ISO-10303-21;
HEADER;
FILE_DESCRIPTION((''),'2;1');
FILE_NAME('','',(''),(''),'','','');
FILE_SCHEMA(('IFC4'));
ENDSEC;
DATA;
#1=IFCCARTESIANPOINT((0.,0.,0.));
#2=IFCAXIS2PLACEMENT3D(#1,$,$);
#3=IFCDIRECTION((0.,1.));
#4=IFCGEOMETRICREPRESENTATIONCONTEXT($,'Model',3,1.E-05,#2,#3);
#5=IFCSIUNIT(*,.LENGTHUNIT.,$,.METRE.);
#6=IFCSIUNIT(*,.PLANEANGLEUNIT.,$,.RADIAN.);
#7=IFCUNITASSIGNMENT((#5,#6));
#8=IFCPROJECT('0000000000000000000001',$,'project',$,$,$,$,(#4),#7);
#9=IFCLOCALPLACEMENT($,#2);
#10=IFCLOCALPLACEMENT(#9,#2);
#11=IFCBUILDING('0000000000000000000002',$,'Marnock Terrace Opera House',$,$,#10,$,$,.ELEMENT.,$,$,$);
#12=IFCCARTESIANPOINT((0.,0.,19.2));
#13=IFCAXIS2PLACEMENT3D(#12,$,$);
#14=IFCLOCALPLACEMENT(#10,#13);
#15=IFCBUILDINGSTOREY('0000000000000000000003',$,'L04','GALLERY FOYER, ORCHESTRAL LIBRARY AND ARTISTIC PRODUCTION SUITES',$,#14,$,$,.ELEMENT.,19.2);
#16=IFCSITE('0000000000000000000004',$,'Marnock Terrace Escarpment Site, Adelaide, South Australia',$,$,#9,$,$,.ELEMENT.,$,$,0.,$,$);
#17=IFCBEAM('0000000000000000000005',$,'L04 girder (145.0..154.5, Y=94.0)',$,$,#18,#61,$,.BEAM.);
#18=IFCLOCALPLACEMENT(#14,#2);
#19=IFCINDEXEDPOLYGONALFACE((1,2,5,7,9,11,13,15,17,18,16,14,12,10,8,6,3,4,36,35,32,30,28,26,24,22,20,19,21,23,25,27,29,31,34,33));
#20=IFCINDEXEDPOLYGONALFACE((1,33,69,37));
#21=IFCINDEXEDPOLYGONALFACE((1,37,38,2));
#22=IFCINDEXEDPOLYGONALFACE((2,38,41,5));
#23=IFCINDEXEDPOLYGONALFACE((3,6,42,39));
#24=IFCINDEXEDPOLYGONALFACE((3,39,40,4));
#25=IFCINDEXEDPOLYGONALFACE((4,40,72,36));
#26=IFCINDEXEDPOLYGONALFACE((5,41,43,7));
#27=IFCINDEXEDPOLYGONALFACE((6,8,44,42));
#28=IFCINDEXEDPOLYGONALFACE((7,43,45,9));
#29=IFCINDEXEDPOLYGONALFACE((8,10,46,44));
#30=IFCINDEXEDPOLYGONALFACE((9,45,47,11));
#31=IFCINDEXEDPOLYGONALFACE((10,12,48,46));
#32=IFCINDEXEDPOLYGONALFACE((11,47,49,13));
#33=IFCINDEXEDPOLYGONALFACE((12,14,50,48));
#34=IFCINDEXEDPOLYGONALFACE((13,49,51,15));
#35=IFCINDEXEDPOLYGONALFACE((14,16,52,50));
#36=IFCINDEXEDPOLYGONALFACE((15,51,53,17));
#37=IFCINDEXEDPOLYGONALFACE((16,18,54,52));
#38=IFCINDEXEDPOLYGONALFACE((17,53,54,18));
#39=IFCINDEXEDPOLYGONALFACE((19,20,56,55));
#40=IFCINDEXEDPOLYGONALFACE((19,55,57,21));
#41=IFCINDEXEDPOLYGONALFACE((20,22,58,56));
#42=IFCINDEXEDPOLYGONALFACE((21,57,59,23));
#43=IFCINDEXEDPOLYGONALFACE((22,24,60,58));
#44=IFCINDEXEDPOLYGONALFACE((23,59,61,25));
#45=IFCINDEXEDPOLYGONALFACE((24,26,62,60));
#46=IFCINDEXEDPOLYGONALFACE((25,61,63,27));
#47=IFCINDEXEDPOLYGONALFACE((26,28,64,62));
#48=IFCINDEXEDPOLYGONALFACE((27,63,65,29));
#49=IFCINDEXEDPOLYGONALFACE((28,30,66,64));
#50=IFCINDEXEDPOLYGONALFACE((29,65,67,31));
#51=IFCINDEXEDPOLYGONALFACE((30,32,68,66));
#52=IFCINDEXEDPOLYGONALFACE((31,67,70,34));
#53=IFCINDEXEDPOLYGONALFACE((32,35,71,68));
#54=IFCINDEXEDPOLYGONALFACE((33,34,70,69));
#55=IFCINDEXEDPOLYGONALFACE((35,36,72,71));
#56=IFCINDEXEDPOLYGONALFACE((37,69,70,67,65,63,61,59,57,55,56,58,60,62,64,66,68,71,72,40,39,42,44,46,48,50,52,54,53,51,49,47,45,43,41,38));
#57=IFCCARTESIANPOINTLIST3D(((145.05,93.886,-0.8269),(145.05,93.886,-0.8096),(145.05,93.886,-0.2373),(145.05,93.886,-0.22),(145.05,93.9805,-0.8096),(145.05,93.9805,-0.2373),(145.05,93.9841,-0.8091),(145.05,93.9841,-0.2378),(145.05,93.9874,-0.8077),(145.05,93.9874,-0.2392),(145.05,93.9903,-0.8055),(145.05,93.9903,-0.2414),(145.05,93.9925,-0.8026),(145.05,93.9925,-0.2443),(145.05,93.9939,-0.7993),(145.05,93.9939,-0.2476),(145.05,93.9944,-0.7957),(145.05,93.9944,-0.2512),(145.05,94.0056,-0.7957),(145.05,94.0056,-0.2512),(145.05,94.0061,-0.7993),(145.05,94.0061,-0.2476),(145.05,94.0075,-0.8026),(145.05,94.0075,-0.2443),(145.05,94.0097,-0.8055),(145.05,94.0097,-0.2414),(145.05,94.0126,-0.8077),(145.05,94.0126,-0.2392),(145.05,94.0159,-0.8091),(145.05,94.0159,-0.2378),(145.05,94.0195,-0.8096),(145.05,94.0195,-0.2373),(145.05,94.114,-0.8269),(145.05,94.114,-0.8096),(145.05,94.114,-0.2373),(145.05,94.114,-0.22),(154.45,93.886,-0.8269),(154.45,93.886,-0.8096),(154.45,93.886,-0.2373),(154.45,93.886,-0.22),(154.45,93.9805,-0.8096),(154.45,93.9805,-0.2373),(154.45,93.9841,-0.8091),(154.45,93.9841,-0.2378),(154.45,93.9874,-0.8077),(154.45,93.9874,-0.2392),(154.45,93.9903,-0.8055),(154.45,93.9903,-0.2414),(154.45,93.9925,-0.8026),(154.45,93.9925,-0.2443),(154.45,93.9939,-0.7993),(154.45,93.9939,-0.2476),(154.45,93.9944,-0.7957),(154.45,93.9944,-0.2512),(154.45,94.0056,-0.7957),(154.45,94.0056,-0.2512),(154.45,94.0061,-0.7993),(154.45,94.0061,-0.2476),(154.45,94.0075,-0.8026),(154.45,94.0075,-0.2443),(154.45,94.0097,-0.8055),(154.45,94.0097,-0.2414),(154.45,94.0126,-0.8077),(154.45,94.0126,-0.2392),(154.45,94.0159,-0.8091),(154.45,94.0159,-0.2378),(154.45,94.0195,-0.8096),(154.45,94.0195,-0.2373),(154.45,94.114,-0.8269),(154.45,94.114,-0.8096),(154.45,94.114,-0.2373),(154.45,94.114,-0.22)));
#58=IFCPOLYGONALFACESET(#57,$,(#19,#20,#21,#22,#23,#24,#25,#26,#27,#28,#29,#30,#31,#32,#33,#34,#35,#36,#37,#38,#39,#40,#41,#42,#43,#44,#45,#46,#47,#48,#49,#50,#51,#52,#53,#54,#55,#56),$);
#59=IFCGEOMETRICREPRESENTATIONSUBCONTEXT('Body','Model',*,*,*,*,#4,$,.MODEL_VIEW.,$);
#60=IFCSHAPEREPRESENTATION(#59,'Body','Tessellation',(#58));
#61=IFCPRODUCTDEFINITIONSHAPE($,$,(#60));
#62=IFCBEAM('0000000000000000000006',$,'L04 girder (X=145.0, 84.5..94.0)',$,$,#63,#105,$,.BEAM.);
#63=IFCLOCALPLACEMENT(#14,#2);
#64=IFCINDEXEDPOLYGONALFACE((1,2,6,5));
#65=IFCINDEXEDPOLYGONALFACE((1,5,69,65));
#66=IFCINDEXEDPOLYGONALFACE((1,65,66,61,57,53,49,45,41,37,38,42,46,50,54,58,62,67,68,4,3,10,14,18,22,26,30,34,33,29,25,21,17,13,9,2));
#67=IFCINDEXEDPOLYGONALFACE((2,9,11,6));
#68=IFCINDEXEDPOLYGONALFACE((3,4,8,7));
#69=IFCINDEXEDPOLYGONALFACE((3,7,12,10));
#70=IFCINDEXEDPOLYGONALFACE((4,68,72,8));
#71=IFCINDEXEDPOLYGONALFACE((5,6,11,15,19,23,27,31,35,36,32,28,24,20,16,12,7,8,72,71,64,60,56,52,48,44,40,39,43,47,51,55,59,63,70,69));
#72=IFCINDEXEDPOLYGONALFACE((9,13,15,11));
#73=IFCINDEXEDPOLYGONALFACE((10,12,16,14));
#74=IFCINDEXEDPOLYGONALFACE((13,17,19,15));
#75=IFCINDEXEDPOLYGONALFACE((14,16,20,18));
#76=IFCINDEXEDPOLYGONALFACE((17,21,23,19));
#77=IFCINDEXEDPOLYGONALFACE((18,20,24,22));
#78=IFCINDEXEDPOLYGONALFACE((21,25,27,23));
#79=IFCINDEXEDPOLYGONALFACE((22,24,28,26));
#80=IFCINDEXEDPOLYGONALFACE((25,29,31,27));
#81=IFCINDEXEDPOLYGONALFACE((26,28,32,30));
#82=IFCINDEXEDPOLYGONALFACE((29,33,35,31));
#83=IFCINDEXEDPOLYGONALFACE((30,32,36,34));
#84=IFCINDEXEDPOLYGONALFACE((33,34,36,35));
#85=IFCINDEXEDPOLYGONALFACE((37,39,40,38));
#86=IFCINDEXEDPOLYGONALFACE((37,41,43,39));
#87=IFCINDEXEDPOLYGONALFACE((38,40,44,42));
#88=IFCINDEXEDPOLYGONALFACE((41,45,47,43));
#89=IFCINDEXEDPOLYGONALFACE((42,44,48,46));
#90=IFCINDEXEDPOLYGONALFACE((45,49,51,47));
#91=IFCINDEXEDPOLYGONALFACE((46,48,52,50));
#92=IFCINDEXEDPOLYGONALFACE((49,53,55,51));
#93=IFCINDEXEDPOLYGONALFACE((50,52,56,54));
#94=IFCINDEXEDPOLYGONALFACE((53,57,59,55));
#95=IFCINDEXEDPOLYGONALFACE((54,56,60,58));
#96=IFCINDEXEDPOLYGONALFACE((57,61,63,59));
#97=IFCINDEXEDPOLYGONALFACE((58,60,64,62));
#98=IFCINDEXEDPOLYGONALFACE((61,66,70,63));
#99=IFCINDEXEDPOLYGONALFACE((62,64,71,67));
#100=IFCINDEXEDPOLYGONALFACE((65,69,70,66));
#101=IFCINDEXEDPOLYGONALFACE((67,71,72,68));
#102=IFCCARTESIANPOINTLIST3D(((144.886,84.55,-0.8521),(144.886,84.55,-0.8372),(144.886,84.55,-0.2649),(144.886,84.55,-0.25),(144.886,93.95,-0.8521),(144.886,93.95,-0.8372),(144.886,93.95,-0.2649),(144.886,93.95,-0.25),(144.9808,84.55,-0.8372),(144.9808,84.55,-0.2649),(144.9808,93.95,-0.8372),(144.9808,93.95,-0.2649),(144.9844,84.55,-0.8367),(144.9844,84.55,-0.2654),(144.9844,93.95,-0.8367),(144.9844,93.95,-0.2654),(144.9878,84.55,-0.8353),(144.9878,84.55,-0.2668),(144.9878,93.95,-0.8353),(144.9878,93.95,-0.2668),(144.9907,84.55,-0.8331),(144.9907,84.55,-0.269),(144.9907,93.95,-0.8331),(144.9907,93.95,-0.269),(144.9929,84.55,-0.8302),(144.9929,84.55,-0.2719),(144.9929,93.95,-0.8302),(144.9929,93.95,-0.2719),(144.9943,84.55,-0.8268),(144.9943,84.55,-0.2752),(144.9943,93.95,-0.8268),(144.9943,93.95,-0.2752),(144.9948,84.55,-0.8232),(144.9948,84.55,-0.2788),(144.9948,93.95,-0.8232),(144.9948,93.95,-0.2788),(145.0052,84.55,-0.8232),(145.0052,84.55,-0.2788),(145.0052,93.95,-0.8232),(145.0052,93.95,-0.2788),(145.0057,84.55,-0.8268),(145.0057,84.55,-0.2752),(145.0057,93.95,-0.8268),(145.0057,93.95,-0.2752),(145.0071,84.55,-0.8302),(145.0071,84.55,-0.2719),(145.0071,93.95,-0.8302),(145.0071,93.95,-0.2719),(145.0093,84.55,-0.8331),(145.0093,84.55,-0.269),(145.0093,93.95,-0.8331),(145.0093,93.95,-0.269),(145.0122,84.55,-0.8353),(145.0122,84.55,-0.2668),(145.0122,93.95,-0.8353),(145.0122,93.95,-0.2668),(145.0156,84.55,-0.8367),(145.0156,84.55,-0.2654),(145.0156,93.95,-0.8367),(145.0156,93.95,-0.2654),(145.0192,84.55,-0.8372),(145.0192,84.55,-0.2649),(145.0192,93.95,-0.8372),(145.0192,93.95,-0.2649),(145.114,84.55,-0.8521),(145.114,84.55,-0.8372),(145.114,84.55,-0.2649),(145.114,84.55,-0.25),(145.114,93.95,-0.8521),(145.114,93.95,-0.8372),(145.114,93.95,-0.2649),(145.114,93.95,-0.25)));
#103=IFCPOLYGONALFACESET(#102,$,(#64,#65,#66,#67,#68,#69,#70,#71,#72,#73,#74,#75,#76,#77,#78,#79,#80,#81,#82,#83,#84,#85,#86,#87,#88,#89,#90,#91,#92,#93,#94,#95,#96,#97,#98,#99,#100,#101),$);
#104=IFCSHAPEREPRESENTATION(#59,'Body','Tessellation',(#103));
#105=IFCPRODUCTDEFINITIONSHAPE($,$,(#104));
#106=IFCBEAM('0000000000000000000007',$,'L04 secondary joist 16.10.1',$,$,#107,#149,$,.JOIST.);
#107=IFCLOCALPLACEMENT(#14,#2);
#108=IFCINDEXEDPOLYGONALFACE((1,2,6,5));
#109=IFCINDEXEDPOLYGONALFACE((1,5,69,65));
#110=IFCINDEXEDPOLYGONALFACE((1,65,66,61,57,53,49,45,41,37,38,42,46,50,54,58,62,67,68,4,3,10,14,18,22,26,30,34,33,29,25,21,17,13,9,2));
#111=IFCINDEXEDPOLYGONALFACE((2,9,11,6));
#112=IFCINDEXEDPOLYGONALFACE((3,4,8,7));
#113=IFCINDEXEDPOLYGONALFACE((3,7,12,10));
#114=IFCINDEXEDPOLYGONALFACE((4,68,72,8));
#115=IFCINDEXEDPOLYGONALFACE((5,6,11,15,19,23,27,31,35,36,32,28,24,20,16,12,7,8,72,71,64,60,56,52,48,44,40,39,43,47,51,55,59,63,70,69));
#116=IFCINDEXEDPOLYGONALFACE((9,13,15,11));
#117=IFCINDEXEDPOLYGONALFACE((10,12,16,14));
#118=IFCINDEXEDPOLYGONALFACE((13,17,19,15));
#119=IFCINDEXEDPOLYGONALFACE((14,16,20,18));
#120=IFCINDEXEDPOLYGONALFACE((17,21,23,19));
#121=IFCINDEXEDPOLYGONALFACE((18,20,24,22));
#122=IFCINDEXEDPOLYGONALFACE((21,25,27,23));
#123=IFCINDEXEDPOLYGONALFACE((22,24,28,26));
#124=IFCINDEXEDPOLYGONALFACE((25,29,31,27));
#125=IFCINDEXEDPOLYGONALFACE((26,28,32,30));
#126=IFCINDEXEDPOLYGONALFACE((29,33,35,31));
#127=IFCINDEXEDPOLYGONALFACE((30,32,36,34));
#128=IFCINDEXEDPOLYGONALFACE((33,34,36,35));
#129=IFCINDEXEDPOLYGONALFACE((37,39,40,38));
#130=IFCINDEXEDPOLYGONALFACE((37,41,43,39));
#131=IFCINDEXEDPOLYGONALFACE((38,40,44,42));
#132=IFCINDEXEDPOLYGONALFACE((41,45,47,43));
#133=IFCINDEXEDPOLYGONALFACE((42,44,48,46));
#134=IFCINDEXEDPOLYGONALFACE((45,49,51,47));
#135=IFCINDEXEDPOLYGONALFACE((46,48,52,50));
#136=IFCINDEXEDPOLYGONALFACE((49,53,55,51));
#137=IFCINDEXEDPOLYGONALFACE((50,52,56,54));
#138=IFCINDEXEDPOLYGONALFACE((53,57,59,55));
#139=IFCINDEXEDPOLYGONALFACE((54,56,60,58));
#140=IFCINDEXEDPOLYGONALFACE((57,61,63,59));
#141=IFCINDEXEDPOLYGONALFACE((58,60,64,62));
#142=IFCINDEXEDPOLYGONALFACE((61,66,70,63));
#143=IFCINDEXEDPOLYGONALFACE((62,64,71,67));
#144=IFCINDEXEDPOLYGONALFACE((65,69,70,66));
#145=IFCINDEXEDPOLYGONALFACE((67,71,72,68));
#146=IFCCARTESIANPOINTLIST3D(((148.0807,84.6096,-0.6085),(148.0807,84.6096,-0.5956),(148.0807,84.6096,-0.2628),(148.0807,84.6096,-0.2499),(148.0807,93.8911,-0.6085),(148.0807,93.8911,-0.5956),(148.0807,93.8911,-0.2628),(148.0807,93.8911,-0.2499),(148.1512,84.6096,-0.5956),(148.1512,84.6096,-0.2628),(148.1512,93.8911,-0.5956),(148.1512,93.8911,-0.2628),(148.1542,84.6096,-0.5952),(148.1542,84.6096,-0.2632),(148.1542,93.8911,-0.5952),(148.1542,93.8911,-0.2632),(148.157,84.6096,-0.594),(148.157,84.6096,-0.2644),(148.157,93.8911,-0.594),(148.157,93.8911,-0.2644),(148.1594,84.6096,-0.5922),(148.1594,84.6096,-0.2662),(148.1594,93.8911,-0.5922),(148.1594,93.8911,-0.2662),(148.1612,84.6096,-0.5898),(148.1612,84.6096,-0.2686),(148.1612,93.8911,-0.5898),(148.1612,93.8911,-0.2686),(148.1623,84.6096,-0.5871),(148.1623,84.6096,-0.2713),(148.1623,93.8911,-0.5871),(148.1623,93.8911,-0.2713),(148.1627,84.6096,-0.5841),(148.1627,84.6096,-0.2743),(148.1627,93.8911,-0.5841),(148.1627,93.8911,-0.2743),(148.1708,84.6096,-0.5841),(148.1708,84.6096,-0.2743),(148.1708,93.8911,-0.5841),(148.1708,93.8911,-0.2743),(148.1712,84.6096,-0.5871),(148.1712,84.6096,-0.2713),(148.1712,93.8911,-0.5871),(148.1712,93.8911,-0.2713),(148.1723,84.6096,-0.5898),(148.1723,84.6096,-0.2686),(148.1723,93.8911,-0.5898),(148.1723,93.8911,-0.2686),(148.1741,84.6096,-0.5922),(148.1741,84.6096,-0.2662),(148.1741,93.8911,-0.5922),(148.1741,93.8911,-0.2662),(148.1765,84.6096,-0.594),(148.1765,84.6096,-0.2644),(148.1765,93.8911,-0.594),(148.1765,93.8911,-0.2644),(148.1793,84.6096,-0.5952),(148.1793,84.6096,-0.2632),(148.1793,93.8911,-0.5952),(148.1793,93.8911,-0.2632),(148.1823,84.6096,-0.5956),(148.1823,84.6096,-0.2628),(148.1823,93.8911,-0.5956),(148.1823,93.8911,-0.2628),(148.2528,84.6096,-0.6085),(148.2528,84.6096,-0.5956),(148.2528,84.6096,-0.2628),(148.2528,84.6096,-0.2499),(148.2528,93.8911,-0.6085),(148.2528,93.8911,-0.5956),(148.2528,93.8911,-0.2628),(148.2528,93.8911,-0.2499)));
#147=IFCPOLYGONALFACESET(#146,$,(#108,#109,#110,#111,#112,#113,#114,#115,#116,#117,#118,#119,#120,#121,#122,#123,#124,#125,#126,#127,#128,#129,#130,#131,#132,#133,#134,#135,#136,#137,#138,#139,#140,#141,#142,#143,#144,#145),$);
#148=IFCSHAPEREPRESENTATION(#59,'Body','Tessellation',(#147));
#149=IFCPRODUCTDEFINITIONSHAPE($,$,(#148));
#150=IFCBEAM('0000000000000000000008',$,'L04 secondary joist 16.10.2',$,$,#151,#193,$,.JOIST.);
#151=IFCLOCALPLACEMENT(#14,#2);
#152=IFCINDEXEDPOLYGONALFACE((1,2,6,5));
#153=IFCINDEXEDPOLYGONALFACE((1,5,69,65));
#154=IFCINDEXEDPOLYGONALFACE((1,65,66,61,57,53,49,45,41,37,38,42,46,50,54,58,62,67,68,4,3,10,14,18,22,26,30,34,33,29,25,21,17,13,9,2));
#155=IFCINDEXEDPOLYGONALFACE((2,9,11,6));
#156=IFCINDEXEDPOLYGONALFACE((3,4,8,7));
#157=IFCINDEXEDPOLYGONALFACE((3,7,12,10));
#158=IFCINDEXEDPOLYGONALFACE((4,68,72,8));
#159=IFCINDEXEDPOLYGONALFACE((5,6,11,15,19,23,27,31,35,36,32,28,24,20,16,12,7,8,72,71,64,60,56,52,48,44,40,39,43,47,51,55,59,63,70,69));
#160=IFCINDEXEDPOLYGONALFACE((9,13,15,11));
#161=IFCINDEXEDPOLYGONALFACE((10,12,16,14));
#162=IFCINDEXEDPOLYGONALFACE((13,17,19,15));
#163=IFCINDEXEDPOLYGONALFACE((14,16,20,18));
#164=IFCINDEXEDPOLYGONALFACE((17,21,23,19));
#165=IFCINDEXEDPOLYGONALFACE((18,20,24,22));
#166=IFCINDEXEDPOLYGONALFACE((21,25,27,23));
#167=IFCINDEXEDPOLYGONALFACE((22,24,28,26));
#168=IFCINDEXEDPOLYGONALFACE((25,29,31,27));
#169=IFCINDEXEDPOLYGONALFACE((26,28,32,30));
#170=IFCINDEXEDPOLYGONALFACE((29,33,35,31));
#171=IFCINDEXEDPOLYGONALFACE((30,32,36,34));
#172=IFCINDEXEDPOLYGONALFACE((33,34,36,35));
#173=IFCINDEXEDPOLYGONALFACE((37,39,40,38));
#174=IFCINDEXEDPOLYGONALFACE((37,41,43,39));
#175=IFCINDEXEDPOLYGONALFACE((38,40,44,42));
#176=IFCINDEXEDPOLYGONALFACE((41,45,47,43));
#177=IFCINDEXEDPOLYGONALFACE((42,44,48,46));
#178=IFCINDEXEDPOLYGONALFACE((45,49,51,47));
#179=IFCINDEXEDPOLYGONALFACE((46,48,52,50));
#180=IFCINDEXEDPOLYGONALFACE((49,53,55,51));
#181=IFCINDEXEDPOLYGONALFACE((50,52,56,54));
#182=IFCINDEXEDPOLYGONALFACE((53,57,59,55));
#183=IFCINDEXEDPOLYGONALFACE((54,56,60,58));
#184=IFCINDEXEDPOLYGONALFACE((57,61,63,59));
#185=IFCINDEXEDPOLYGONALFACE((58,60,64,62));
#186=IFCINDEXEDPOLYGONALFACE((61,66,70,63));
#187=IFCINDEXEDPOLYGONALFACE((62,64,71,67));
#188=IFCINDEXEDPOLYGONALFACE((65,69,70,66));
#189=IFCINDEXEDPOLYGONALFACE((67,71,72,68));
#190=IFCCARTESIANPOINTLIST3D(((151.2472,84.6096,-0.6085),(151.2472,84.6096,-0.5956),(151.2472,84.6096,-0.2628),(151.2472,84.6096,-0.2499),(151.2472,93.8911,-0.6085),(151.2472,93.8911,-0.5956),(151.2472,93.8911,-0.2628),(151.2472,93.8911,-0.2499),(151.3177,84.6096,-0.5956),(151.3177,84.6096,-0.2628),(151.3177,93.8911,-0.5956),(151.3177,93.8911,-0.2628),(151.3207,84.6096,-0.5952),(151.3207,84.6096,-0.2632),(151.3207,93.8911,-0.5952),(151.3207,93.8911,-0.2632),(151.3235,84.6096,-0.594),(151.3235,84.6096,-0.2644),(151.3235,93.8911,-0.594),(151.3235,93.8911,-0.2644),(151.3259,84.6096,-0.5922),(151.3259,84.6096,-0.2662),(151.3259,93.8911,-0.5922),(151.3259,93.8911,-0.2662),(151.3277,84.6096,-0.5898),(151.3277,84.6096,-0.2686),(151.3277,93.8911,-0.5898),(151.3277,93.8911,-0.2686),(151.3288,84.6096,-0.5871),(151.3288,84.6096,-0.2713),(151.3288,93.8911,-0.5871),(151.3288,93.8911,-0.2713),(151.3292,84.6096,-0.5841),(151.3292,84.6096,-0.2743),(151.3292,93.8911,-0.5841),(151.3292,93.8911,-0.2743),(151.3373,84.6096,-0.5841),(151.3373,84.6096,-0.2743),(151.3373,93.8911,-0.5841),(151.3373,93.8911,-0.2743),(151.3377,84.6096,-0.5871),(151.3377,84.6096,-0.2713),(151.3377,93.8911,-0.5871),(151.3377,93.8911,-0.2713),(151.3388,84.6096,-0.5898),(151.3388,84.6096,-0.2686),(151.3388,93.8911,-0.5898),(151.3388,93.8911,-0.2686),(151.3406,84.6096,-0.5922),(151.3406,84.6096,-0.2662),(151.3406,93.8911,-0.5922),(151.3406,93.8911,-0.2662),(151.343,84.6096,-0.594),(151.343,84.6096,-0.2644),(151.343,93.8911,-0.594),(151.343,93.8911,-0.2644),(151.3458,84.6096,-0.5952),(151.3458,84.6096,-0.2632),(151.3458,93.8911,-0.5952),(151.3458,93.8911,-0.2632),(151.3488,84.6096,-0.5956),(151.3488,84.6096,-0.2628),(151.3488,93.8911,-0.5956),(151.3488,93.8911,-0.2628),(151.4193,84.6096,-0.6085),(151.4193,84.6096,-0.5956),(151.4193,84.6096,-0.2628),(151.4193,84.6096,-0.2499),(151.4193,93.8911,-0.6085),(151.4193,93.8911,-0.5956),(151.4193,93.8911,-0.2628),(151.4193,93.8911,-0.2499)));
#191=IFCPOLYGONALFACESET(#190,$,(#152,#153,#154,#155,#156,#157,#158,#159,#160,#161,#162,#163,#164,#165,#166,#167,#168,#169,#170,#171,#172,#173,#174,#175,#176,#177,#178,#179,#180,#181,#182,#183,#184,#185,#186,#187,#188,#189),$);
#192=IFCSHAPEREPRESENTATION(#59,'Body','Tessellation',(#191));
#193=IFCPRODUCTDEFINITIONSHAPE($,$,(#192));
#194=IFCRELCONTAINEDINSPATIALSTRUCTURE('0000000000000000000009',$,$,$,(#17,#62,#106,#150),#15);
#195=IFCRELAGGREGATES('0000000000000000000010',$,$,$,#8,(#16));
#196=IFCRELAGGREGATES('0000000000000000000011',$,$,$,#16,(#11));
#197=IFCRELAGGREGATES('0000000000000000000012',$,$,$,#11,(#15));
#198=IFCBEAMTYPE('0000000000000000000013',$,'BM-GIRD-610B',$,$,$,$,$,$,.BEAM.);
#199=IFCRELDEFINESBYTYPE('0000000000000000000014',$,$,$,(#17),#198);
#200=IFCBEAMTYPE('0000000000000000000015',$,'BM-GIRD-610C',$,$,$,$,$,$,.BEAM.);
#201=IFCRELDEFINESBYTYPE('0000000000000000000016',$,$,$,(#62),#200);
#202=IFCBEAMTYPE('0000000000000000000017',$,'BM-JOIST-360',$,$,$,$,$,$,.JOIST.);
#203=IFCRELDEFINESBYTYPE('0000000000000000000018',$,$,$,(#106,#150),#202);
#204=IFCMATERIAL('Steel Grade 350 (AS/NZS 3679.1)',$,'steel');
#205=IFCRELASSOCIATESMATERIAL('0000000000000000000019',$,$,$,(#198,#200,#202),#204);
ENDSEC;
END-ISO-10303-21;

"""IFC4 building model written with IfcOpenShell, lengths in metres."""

from ifc_helpers import new_model, si_unit, direction, frame, origin, origin_2d, place, context, subcontext, project, spatial, i_section, extrude, material, material_profile, profile_set, type_object, element, save


model = new_model("IFC4")

# Units and contexts
model_context = context("Model", 3, precision=1e-05, world=origin(), true_north=direction((0.0, 1.0)))
body_context = subcontext(model_context, "Body", "Model", "MODEL_VIEW")
ifc_project = project(units=[si_unit("LENGTHUNIT", "METRE"), si_unit("PLANEANGLEUNIT", "RADIAN")], contexts=[model_context])

# Site, building, storey
site_placement = place(None, origin())
site = spatial("IfcSite", under=ifc_project, at=site_placement, Name="Marnock Terrace Escarpment Site, Adelaide, South Australia", CompositionType="ELEMENT", RefElevation=0.0)
building_placement = place(site_placement, origin())
building = spatial("IfcBuilding", under=site, at=building_placement, Name="Marnock Terrace Opera House", CompositionType="ELEMENT")
storey_placement = place(building_placement, frame((0.0, 0.0, 19.2)))
storey = spatial("IfcBuildingStorey", under=building, at=storey_placement, Name="L04", Description="GALLERY FOYER, ORCHESTRAL LIBRARY AND ARTISTIC PRODUCTION SUITES", CompositionType="ELEMENT", Elevation=19.2)

# Beams
ifc_material_1 = material(Name="Steel Grade 350 (AS/NZS 3679.1)", Category="steel")
ifc_material_profile_1 = material_profile(ifc_material_1, i_section(OverallWidth=0.228, OverallDepth=0.6069, WebThickness=0.0112, FlangeThickness=0.0173, FilletRadius=0.0139, at=origin_2d()))
ifc_profile_set_1 = profile_set([ifc_material_profile_1], Name="Steel Grade 350 (AS/NZS 3679.1)")
beam_type_1 = type_object("IfcBeamType", Name="BM-GIRD-610B", PredefinedType="BEAM", material=ifc_profile_set_1)
beam_1_placement = place(storey_placement, frame((145.05, 94.0, -0.5234), z_axis=(1.0, 0.0, 0.0), x_axis=(0.0, 1.0, 0.0)))
element("IfcBeam", 1, at=beam_1_placement, inside=storey, type_object=beam_type_1, Name="L04 girder (145.0..154.5, Y=94.0)", PredefinedType="BEAM", context=body_context, shape_type="SweptSolid", body=[
    extrude(i_section(OverallWidth=0.228, OverallDepth=0.6069, WebThickness=0.0112, FlangeThickness=0.0173, FilletRadius=0.0139, at=origin_2d()), origin(), (0.0, 0.0, 1.0), 9.3999),
])
ifc_material_profile_2 = material_profile(ifc_material_1, i_section(OverallWidth=0.228, OverallDepth=0.6021, WebThickness=0.0105, FlangeThickness=0.0149, FilletRadius=0.0139, at=origin_2d()))
ifc_profile_set_2 = profile_set([ifc_material_profile_2], Name="Steel Grade 350 (AS/NZS 3679.1)")
beam_type_2 = type_object("IfcBeamType", Name="BM-GIRD-610C", PredefinedType="BEAM", material=ifc_profile_set_2)
beam_2_placement = place(storey_placement, frame((145.0, 84.55, -0.551), z_axis=(0.0, 1.0, 0.0), x_axis=(-1.0, 0.0, 0.0)))
element("IfcBeam", 2, at=beam_2_placement, inside=storey, type_object=beam_type_2, Name="L04 girder (X=145.0, 84.5..94.0)", PredefinedType="BEAM", context=body_context, shape_type="SweptSolid", body=[
    extrude(i_section(OverallWidth=0.228, OverallDepth=0.6021, WebThickness=0.0105, FlangeThickness=0.0149, FilletRadius=0.0139, at=origin_2d()), origin(), (0.0, 0.0, 1.0), 9.3999),
])
ifc_material_profile_3 = material_profile(ifc_material_1, i_section(OverallWidth=0.1721, OverallDepth=0.3586, WebThickness=0.0081, FlangeThickness=0.0129, FilletRadius=0.0115, at=origin_2d()))
ifc_profile_set_3 = profile_set([ifc_material_profile_3], Name="Steel Grade 350 (AS/NZS 3679.1)")
beam_type_3 = type_object("IfcBeamType", Name="BM-JOIST-360", PredefinedType="JOIST", material=ifc_profile_set_3)
for number, where, z_axis, x_axis, name in (
    (3, (148.1667, 84.6096, -0.4292), (0.0, 1.0, 0.0), (-1.0, 0.0, 0.0), "L04 secondary joist 16.10.1"),
    (4, (151.3333, 84.6096, -0.4292), (0.0, 1.0, 0.0), (-1.0, 0.0, 0.0), "L04 secondary joist 16.10.2"),
):
    element("IfcBeam", number, at=place(storey_placement, frame(where, z_axis=z_axis, x_axis=x_axis)), inside=storey, type_object=beam_type_3, Name=name, PredefinedType="JOIST", context=body_context, shape_type="SweptSolid", body=[
        extrude(i_section(OverallWidth=0.1721, OverallDepth=0.3586, WebThickness=0.0081, FlangeThickness=0.0129, FilletRadius=0.0115, at=origin_2d()), origin(), (0.0, 0.0, 1.0), 9.2815),
    ])

save(model, "model.ifc")
